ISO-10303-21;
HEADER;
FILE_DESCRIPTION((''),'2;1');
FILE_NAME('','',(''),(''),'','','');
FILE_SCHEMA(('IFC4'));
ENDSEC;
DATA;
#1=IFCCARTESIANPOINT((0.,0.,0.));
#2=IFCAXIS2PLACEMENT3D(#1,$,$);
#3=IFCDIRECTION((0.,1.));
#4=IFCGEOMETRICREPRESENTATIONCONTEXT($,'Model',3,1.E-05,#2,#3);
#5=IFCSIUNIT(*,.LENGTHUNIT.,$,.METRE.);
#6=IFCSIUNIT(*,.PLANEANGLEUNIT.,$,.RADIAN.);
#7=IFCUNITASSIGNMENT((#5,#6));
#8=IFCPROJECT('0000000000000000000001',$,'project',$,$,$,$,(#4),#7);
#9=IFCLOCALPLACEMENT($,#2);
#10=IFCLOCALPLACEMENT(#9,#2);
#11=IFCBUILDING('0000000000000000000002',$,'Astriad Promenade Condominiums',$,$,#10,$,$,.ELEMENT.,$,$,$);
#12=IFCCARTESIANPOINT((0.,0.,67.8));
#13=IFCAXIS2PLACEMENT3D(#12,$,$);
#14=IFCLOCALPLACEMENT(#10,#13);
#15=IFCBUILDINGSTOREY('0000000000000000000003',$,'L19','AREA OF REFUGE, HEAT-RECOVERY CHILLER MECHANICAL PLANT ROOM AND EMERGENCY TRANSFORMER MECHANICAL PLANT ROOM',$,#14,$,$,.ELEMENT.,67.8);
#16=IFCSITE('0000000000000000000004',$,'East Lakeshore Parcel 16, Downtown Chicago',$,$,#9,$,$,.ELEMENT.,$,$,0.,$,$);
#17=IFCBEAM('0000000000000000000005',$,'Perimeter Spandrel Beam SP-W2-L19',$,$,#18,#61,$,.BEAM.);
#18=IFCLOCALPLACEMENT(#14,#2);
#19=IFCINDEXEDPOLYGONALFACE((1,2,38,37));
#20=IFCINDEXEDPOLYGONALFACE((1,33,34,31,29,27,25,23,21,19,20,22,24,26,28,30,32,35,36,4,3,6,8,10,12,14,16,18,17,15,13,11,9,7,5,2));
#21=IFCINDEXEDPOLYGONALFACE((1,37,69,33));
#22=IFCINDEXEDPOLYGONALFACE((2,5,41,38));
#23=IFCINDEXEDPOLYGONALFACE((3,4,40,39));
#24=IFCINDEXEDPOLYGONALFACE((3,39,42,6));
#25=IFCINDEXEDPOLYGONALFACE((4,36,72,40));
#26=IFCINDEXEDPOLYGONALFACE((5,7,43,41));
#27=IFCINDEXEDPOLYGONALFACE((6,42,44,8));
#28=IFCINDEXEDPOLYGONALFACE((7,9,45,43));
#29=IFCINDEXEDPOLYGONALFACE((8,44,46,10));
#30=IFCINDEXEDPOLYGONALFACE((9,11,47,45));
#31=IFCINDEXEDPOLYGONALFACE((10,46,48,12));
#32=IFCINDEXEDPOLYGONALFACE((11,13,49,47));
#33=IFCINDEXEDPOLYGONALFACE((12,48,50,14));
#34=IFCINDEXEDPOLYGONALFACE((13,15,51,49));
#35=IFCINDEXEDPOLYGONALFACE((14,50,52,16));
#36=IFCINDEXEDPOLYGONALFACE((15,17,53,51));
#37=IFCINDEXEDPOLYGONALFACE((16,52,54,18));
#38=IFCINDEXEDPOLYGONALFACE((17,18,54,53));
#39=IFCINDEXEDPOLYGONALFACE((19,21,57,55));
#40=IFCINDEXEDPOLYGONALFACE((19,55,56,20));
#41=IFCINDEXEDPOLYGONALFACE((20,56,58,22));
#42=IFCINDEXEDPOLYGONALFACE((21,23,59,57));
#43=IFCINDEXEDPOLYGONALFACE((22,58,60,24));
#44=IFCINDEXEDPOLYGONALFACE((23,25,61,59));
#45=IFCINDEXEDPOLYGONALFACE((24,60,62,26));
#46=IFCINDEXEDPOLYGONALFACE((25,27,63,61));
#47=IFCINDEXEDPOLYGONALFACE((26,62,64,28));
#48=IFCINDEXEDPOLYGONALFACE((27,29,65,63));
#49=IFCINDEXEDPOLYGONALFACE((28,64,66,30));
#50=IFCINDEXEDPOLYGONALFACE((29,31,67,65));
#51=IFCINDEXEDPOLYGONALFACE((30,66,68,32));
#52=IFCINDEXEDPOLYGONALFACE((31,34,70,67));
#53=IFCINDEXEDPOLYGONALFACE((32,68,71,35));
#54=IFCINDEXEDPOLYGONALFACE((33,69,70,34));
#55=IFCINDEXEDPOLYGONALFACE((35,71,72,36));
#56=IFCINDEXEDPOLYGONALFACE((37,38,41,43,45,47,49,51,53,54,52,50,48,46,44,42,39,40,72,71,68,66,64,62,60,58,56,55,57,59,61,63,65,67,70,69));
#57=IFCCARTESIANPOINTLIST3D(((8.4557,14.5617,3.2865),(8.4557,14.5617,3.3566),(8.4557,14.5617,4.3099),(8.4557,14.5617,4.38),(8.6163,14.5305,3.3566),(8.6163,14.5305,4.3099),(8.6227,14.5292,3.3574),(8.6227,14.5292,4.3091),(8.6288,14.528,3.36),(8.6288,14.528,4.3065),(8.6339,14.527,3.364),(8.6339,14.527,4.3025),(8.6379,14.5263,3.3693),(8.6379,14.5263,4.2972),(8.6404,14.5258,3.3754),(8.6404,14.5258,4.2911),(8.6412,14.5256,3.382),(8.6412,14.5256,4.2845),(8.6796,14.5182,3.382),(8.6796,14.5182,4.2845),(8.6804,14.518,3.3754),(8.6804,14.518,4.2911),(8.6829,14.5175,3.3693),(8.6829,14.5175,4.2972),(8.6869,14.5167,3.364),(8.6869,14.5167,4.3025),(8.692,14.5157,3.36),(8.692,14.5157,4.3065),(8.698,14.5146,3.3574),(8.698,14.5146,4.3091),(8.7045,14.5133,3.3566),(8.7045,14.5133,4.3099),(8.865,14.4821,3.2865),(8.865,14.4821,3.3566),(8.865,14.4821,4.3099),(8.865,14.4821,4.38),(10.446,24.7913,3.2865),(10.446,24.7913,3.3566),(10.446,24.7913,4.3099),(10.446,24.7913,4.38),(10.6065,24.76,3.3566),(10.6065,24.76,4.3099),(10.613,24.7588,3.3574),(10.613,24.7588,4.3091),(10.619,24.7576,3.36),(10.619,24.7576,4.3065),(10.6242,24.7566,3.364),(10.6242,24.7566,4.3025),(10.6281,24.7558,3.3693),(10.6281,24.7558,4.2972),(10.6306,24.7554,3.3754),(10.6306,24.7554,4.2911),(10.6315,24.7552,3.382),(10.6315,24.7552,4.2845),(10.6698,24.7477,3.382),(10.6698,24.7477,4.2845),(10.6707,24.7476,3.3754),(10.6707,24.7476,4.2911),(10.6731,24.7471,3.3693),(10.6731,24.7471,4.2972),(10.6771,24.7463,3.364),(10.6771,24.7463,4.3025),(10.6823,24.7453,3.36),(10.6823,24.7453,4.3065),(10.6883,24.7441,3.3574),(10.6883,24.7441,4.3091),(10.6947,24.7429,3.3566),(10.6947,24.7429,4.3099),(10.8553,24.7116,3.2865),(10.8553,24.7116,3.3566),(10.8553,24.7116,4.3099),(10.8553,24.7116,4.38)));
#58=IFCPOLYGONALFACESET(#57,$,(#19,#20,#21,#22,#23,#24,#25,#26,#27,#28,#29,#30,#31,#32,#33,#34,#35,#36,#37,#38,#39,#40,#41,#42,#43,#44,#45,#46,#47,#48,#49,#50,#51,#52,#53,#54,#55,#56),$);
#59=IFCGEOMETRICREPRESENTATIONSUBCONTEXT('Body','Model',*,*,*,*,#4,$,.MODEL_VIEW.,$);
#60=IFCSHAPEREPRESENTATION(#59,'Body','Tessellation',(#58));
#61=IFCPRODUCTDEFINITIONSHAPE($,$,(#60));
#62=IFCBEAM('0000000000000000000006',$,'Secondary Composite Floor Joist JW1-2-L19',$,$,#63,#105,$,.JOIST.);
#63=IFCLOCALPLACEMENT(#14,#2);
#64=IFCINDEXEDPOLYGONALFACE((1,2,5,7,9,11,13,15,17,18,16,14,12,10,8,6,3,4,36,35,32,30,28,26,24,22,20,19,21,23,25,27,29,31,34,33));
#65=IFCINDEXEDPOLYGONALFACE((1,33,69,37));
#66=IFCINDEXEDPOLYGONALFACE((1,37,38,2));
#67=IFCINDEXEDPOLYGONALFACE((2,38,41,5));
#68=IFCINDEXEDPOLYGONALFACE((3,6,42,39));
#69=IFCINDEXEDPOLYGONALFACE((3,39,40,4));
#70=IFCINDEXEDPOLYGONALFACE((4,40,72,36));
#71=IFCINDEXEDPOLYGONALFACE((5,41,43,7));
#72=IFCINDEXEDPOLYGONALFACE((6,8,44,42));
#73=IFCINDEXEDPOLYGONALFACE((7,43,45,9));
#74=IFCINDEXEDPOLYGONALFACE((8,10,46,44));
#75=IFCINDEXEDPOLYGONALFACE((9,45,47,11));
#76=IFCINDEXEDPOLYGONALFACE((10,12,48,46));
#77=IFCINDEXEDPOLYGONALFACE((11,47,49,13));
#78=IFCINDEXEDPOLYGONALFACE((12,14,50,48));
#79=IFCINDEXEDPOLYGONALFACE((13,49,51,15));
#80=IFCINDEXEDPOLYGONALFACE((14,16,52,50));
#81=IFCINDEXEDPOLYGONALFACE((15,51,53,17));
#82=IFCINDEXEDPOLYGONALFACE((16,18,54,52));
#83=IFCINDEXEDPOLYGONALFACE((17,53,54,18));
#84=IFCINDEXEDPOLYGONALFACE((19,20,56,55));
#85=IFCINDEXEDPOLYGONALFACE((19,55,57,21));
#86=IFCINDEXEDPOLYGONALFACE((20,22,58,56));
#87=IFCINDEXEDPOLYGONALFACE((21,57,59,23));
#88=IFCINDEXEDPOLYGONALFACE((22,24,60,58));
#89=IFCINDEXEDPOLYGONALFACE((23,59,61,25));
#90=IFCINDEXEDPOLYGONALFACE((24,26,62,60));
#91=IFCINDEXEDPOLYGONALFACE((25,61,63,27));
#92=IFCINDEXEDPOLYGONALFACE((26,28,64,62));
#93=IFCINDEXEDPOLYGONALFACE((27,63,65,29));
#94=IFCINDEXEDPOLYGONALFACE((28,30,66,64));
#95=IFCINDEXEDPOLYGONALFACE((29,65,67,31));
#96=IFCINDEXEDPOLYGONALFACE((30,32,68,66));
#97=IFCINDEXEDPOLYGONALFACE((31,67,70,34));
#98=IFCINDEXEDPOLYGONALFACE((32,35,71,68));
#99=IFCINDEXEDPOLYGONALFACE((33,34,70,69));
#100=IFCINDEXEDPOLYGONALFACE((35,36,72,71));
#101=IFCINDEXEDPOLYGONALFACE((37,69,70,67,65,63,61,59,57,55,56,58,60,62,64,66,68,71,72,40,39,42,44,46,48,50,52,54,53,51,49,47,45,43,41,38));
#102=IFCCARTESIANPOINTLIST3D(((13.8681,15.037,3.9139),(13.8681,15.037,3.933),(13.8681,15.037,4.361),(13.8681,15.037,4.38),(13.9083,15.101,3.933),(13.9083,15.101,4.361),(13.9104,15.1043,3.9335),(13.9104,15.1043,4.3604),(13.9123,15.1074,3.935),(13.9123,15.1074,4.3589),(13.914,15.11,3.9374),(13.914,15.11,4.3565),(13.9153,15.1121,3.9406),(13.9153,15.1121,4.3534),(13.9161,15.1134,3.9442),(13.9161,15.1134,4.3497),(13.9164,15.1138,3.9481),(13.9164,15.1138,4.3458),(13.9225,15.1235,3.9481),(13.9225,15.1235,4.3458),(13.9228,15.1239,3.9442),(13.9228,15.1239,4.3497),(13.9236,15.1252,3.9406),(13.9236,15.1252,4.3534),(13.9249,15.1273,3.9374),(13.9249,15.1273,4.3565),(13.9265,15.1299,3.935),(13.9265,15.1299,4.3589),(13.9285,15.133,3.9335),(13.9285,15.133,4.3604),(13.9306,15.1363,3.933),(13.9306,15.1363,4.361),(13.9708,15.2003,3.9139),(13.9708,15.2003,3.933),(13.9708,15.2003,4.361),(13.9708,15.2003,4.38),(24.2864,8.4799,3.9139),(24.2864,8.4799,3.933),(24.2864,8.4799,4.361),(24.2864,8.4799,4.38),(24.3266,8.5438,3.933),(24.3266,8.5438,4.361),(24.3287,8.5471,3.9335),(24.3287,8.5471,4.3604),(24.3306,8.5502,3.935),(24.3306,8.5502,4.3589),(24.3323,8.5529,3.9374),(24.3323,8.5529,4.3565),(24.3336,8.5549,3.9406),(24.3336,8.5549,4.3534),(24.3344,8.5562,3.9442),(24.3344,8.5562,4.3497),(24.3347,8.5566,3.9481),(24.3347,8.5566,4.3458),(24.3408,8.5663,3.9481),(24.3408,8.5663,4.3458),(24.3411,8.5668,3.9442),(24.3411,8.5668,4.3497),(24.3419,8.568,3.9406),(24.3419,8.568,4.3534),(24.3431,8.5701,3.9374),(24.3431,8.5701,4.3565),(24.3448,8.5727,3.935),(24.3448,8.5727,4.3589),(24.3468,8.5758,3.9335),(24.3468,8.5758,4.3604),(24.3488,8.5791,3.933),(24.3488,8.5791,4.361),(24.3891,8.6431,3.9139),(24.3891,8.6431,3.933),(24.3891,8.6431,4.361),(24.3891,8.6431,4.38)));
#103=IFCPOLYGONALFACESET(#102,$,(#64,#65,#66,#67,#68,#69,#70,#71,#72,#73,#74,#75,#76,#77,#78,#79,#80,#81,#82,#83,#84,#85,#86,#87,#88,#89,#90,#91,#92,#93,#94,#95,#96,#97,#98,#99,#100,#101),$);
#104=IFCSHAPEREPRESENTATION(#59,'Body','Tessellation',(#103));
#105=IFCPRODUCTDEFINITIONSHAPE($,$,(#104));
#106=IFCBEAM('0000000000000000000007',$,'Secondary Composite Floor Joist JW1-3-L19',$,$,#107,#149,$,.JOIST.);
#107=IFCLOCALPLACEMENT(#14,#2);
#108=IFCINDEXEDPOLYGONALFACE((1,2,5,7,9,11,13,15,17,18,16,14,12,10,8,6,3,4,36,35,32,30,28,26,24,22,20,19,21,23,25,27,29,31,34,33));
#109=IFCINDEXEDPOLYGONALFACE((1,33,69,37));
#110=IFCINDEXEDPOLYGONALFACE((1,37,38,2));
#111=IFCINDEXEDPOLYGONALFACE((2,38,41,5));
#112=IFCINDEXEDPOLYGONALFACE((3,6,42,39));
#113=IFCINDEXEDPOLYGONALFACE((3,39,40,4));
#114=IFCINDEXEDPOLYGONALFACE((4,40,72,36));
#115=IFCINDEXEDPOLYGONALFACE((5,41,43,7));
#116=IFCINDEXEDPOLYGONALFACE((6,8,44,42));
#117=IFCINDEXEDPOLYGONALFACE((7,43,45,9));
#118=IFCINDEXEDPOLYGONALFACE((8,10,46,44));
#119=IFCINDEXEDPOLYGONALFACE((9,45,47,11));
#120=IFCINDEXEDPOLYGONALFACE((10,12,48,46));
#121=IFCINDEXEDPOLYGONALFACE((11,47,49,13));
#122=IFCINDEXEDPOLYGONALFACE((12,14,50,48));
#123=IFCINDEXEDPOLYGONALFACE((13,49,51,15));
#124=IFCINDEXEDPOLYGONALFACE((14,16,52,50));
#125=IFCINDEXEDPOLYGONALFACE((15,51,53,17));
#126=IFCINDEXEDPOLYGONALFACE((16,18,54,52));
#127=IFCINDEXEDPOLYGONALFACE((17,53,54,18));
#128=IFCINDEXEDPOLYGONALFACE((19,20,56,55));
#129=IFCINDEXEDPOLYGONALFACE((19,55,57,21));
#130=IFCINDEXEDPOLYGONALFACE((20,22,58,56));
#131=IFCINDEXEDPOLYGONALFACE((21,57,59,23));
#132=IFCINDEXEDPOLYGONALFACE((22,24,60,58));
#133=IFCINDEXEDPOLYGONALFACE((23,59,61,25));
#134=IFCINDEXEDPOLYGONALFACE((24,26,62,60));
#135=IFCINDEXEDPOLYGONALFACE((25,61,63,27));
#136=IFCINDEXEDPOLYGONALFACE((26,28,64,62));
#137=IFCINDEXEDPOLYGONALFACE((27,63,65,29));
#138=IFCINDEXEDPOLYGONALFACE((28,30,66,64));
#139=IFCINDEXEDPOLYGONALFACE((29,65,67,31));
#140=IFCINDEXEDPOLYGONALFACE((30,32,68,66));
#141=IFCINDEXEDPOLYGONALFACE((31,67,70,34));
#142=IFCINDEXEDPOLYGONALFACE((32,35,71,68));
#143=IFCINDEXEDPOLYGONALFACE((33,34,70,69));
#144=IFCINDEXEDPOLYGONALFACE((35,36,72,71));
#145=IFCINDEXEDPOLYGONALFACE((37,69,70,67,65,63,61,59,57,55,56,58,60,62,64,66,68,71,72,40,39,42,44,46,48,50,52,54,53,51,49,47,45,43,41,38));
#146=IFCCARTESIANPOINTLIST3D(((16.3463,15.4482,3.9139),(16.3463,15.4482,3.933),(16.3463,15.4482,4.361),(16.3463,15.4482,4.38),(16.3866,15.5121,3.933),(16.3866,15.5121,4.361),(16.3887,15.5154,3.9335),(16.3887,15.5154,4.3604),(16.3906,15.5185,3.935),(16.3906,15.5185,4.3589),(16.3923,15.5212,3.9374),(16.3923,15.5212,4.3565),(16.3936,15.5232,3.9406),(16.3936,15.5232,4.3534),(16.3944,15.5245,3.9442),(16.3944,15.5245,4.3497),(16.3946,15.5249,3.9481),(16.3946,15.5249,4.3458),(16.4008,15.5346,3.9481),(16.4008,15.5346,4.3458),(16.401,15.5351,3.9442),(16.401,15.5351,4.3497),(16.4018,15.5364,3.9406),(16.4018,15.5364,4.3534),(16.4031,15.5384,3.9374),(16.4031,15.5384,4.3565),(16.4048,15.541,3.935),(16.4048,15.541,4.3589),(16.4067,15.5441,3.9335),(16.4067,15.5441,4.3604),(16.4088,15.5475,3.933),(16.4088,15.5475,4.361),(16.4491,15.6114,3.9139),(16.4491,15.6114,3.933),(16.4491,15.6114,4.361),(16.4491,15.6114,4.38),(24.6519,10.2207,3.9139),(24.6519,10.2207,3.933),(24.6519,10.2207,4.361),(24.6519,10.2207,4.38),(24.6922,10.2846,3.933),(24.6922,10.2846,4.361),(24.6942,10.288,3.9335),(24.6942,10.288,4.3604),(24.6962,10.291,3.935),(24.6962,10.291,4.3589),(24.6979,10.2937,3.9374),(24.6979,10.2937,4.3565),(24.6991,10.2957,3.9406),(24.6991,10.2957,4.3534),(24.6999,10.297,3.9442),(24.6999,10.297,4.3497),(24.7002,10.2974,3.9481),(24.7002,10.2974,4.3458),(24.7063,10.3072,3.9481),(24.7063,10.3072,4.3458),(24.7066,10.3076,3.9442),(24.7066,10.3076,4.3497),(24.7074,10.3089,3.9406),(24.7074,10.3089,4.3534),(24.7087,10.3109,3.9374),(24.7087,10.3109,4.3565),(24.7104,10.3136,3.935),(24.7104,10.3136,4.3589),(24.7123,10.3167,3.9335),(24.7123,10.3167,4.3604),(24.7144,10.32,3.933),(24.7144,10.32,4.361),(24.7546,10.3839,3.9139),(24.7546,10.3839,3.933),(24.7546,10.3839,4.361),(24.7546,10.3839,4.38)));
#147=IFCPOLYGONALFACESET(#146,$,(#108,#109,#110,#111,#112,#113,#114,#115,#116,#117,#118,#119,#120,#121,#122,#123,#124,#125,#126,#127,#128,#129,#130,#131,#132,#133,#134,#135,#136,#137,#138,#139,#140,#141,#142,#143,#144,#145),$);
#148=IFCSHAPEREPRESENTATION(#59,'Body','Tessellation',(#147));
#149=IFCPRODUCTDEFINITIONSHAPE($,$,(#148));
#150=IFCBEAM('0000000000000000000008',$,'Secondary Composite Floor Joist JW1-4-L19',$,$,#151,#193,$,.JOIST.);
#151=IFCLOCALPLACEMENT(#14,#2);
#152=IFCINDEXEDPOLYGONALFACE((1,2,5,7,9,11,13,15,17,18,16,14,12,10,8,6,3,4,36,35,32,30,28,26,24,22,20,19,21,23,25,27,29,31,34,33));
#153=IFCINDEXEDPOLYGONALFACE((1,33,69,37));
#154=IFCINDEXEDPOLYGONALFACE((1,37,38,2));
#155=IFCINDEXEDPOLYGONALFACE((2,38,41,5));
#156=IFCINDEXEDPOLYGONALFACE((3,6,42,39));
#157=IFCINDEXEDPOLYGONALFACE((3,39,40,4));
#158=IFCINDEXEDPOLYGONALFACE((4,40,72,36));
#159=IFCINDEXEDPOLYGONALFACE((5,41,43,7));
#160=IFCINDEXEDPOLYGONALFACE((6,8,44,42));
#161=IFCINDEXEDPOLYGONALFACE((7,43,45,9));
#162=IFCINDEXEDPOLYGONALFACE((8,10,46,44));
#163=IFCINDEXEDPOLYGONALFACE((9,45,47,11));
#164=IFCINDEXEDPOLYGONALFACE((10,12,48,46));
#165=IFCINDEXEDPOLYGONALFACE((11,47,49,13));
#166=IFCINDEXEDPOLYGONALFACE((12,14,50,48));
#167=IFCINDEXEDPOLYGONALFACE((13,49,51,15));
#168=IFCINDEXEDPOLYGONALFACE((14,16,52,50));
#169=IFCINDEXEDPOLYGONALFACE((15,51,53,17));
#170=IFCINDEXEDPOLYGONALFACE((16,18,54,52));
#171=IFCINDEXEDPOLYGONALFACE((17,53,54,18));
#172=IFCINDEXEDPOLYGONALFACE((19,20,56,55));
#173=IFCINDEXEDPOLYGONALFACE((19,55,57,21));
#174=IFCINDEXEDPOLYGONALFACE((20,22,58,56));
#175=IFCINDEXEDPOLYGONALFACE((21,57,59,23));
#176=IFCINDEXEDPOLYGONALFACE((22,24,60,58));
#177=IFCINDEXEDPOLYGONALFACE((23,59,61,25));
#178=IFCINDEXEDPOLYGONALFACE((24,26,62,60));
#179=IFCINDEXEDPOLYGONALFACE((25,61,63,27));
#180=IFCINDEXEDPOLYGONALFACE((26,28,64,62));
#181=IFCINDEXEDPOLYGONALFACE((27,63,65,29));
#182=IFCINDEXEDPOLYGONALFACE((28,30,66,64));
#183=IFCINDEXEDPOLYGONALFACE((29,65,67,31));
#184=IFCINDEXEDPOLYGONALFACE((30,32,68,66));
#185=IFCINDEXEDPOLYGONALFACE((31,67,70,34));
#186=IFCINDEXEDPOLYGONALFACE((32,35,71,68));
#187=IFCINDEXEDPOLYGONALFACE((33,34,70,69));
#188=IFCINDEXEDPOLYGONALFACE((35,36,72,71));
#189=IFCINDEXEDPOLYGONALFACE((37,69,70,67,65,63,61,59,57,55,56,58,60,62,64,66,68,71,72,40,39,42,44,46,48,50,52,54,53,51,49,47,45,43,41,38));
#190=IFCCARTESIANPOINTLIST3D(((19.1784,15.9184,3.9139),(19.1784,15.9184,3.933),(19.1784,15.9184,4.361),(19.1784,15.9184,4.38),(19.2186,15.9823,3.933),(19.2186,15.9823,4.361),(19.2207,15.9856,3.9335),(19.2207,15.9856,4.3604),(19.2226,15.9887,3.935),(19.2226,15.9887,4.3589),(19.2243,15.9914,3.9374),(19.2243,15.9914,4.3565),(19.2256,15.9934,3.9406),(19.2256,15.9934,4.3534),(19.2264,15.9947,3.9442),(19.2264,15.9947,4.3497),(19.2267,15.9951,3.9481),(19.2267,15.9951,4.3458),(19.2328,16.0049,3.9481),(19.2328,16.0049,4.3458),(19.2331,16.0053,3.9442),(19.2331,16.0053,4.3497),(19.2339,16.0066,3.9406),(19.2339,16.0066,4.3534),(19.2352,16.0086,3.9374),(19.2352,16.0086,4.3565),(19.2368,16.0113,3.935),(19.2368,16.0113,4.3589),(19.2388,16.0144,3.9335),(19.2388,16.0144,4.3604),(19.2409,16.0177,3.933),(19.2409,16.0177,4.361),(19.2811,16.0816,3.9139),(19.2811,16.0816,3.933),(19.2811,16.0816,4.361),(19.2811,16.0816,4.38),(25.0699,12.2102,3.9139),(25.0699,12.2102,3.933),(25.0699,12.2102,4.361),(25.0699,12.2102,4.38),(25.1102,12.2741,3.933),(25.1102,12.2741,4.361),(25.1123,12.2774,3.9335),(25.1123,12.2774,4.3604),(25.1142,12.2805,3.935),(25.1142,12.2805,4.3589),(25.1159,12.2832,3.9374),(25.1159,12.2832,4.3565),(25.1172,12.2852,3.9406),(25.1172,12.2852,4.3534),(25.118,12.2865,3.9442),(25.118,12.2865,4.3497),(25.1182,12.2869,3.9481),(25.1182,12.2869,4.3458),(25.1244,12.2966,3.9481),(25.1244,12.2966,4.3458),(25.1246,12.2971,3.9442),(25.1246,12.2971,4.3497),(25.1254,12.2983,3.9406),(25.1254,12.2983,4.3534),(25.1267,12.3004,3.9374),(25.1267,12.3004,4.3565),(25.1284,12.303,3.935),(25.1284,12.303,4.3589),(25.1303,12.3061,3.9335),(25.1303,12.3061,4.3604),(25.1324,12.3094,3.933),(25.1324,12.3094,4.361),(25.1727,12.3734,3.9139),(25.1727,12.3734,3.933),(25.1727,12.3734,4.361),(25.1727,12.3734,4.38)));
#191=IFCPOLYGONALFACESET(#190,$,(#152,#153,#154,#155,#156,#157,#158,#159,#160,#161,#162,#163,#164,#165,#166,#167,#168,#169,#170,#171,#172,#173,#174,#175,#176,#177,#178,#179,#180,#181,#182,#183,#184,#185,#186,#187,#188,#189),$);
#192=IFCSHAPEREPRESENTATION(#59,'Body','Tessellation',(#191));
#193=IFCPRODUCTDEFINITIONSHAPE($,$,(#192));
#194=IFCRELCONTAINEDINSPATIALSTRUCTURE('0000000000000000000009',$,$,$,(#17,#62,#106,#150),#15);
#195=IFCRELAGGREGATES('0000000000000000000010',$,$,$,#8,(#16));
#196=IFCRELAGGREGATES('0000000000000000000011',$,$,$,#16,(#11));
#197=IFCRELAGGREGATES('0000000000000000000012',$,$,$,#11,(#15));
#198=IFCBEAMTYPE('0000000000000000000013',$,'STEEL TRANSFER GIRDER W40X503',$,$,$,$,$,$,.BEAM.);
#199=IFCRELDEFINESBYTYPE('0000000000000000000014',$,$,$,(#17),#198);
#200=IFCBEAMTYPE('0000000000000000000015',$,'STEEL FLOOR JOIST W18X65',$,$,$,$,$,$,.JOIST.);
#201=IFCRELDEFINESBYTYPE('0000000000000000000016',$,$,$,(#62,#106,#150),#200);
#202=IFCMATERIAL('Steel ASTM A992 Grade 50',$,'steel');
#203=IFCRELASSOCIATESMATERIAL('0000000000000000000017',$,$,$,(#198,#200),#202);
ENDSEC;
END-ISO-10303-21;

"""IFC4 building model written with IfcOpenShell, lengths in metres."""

from ifc_helpers import new_model, si_unit, direction, frame, origin, origin_2d, place, context, subcontext, project, spatial, i_section, extrude, source, transform, mapped, material, material_profile, profile_set, type_object, type_shapes, element, save


model = new_model("IFC4")

# Units and contexts
model_context = context("Model", 3, precision=1e-05, world=origin(), true_north=direction((0.0, 1.0)))
body_context = subcontext(model_context, "Body", "Model", "MODEL_VIEW")
ifc_project = project(units=[si_unit("LENGTHUNIT", "METRE"), si_unit("PLANEANGLEUNIT", "RADIAN")], contexts=[model_context])

# Site, building, storey
site_placement = place(None, origin())
site = spatial("IfcSite", under=ifc_project, at=site_placement, Name="East Lakeshore Parcel 16, Downtown Chicago", CompositionType="ELEMENT", RefElevation=0.0)
building_placement = place(site_placement, origin())
building = spatial("IfcBuilding", under=site, at=building_placement, Name="Astriad Promenade Condominiums", CompositionType="ELEMENT")
storey_placement = place(building_placement, frame((0.0, 0.0, 67.8)))
storey = spatial("IfcBuildingStorey", under=building, at=storey_placement, Name="L19", Description="AREA OF REFUGE, HEAT-RECOVERY CHILLER MECHANICAL PLANT ROOM AND EMERGENCY TRANSFORMER MECHANICAL PLANT ROOM", CompositionType="ELEMENT", Elevation=67.8)

# Shared definitions
ifc_material_1 = material(Name="Steel ASTM A992 Grade 50", Category="steel")

# Beams
ifc_material_profile_1 = material_profile(ifc_material_1, i_section(OverallWidth=0.417, OverallDepth=1.0935, WebThickness=0.0391, FlangeThickness=0.0701, FilletRadius=0.0254, at=origin_2d()), Name="W40X503")
ifc_profile_set_1 = profile_set([ifc_material_profile_1], Name="Steel ASTM A992 Grade 50")
beam_type_1 = type_object("IfcBeamType", Name="STEEL TRANSFER GIRDER W40X503", PredefinedType="BEAM", material=ifc_profile_set_1)
shared_shape_1 = source(origin(), body_context, "Body", "SweptSolid", [
    extrude(i_section(OverallWidth=0.417, OverallDepth=1.0935, WebThickness=0.0391, FlangeThickness=0.0701, FilletRadius=0.0254, at=origin_2d()), origin(), (0.0, 0.0, 1.0), 10.4214),
])
type_shapes(beam_type_1, [shared_shape_1])
beam_1_placement = place(storey_placement, frame((10.6506, 24.7515, 3.8333), z_axis=(-0.190978, -0.981594, 0.0), x_axis=(0.981594, -0.190978, 0.0)))
element("IfcBeam", 1, at=beam_1_placement, inside=storey, type_object=beam_type_1, Name="Perimeter Spandrel Beam SP-W2-L19", PredefinedType="BEAM", context=body_context, shape_type="MappedRepresentation", body=[
    mapped(shared_shape_1, transform((0.0, 0.0, 0.0), scale=1.0)),
])
ifc_material_profile_2 = material_profile(ifc_material_1, i_section(OverallWidth=0.1929, OverallDepth=0.4661, WebThickness=0.0115, FlangeThickness=0.019, FilletRadius=0.0151, at=origin_2d()), Name="W18X65")
ifc_profile_set_2 = profile_set([ifc_material_profile_2], Name="Steel ASTM A992 Grade 50")
beam_type_2 = type_object("IfcBeamType", Name="STEEL FLOOR JOIST W18X65", PredefinedType="JOIST", material=ifc_profile_set_2)
shared_shape_2 = source(origin(), body_context, "Body", "SweptSolid", [
    extrude(i_section(OverallWidth=0.1929, OverallDepth=0.4661, WebThickness=0.0115, FlangeThickness=0.019, FilletRadius=0.0151, at=origin_2d()), origin(), (0.0, 0.0, 1.0), 12.3101),
])
beam_2_placement = place(storey_placement, frame((13.9194, 15.1187, 4.147), z_axis=(0.846324, -0.532669, 0.0), x_axis=(0.532669, 0.846324, 0.0)))
element("IfcBeam", 2, at=beam_2_placement, inside=storey, type_object=beam_type_2, Name="Secondary Composite Floor Joist JW1-2-L19", PredefinedType="JOIST", context=body_context, shape_type="MappedRepresentation", body=[
    mapped(shared_shape_2, transform((0.0, 0.0, 0.0), scale=1.0)),
])
shared_shape_3 = source(origin(), body_context, "Body", "SweptSolid", [
    extrude(i_section(OverallWidth=0.1929, OverallDepth=0.4661, WebThickness=0.0115, FlangeThickness=0.019, FilletRadius=0.0151, at=origin_2d()), origin(), (0.0, 0.0, 1.0), 9.8137),
])
beam_3_placement = place(storey_placement, frame((16.3977, 15.5298, 4.147), z_axis=(0.846323, -0.532671, 0.0), x_axis=(0.532671, 0.846323, 0.0)))
element("IfcBeam", 3, at=beam_3_placement, inside=storey, type_object=beam_type_2, Name="Secondary Composite Floor Joist JW1-3-L19", PredefinedType="JOIST", context=body_context, shape_type="MappedRepresentation", body=[
    mapped(shared_shape_3, transform((0.0, 0.0, 0.0), scale=1.0)),
])
shared_shape_4 = source(origin(), body_context, "Body", "SweptSolid", [
    extrude(i_section(OverallWidth=0.1929, OverallDepth=0.4661, WebThickness=0.0115, FlangeThickness=0.019, FilletRadius=0.0151, at=origin_2d()), origin(), (0.0, 0.0, 1.0), 6.9614),
])
type_shapes(beam_type_2, [shared_shape_2, shared_shape_3, shared_shape_4])
beam_4_placement = place(storey_placement, frame((19.2297, 16.0, 4.147), z_axis=(0.846315, -0.532682, 0.0), x_axis=(0.532682, 0.846315, 0.0)))
element("IfcBeam", 4, at=beam_4_placement, inside=storey, type_object=beam_type_2, Name="Secondary Composite Floor Joist JW1-4-L19", PredefinedType="JOIST", context=body_context, shape_type="MappedRepresentation", body=[
    mapped(shared_shape_4, transform((0.0, 0.0, 0.0), scale=1.0)),
])

save(model, "model.ifc")
